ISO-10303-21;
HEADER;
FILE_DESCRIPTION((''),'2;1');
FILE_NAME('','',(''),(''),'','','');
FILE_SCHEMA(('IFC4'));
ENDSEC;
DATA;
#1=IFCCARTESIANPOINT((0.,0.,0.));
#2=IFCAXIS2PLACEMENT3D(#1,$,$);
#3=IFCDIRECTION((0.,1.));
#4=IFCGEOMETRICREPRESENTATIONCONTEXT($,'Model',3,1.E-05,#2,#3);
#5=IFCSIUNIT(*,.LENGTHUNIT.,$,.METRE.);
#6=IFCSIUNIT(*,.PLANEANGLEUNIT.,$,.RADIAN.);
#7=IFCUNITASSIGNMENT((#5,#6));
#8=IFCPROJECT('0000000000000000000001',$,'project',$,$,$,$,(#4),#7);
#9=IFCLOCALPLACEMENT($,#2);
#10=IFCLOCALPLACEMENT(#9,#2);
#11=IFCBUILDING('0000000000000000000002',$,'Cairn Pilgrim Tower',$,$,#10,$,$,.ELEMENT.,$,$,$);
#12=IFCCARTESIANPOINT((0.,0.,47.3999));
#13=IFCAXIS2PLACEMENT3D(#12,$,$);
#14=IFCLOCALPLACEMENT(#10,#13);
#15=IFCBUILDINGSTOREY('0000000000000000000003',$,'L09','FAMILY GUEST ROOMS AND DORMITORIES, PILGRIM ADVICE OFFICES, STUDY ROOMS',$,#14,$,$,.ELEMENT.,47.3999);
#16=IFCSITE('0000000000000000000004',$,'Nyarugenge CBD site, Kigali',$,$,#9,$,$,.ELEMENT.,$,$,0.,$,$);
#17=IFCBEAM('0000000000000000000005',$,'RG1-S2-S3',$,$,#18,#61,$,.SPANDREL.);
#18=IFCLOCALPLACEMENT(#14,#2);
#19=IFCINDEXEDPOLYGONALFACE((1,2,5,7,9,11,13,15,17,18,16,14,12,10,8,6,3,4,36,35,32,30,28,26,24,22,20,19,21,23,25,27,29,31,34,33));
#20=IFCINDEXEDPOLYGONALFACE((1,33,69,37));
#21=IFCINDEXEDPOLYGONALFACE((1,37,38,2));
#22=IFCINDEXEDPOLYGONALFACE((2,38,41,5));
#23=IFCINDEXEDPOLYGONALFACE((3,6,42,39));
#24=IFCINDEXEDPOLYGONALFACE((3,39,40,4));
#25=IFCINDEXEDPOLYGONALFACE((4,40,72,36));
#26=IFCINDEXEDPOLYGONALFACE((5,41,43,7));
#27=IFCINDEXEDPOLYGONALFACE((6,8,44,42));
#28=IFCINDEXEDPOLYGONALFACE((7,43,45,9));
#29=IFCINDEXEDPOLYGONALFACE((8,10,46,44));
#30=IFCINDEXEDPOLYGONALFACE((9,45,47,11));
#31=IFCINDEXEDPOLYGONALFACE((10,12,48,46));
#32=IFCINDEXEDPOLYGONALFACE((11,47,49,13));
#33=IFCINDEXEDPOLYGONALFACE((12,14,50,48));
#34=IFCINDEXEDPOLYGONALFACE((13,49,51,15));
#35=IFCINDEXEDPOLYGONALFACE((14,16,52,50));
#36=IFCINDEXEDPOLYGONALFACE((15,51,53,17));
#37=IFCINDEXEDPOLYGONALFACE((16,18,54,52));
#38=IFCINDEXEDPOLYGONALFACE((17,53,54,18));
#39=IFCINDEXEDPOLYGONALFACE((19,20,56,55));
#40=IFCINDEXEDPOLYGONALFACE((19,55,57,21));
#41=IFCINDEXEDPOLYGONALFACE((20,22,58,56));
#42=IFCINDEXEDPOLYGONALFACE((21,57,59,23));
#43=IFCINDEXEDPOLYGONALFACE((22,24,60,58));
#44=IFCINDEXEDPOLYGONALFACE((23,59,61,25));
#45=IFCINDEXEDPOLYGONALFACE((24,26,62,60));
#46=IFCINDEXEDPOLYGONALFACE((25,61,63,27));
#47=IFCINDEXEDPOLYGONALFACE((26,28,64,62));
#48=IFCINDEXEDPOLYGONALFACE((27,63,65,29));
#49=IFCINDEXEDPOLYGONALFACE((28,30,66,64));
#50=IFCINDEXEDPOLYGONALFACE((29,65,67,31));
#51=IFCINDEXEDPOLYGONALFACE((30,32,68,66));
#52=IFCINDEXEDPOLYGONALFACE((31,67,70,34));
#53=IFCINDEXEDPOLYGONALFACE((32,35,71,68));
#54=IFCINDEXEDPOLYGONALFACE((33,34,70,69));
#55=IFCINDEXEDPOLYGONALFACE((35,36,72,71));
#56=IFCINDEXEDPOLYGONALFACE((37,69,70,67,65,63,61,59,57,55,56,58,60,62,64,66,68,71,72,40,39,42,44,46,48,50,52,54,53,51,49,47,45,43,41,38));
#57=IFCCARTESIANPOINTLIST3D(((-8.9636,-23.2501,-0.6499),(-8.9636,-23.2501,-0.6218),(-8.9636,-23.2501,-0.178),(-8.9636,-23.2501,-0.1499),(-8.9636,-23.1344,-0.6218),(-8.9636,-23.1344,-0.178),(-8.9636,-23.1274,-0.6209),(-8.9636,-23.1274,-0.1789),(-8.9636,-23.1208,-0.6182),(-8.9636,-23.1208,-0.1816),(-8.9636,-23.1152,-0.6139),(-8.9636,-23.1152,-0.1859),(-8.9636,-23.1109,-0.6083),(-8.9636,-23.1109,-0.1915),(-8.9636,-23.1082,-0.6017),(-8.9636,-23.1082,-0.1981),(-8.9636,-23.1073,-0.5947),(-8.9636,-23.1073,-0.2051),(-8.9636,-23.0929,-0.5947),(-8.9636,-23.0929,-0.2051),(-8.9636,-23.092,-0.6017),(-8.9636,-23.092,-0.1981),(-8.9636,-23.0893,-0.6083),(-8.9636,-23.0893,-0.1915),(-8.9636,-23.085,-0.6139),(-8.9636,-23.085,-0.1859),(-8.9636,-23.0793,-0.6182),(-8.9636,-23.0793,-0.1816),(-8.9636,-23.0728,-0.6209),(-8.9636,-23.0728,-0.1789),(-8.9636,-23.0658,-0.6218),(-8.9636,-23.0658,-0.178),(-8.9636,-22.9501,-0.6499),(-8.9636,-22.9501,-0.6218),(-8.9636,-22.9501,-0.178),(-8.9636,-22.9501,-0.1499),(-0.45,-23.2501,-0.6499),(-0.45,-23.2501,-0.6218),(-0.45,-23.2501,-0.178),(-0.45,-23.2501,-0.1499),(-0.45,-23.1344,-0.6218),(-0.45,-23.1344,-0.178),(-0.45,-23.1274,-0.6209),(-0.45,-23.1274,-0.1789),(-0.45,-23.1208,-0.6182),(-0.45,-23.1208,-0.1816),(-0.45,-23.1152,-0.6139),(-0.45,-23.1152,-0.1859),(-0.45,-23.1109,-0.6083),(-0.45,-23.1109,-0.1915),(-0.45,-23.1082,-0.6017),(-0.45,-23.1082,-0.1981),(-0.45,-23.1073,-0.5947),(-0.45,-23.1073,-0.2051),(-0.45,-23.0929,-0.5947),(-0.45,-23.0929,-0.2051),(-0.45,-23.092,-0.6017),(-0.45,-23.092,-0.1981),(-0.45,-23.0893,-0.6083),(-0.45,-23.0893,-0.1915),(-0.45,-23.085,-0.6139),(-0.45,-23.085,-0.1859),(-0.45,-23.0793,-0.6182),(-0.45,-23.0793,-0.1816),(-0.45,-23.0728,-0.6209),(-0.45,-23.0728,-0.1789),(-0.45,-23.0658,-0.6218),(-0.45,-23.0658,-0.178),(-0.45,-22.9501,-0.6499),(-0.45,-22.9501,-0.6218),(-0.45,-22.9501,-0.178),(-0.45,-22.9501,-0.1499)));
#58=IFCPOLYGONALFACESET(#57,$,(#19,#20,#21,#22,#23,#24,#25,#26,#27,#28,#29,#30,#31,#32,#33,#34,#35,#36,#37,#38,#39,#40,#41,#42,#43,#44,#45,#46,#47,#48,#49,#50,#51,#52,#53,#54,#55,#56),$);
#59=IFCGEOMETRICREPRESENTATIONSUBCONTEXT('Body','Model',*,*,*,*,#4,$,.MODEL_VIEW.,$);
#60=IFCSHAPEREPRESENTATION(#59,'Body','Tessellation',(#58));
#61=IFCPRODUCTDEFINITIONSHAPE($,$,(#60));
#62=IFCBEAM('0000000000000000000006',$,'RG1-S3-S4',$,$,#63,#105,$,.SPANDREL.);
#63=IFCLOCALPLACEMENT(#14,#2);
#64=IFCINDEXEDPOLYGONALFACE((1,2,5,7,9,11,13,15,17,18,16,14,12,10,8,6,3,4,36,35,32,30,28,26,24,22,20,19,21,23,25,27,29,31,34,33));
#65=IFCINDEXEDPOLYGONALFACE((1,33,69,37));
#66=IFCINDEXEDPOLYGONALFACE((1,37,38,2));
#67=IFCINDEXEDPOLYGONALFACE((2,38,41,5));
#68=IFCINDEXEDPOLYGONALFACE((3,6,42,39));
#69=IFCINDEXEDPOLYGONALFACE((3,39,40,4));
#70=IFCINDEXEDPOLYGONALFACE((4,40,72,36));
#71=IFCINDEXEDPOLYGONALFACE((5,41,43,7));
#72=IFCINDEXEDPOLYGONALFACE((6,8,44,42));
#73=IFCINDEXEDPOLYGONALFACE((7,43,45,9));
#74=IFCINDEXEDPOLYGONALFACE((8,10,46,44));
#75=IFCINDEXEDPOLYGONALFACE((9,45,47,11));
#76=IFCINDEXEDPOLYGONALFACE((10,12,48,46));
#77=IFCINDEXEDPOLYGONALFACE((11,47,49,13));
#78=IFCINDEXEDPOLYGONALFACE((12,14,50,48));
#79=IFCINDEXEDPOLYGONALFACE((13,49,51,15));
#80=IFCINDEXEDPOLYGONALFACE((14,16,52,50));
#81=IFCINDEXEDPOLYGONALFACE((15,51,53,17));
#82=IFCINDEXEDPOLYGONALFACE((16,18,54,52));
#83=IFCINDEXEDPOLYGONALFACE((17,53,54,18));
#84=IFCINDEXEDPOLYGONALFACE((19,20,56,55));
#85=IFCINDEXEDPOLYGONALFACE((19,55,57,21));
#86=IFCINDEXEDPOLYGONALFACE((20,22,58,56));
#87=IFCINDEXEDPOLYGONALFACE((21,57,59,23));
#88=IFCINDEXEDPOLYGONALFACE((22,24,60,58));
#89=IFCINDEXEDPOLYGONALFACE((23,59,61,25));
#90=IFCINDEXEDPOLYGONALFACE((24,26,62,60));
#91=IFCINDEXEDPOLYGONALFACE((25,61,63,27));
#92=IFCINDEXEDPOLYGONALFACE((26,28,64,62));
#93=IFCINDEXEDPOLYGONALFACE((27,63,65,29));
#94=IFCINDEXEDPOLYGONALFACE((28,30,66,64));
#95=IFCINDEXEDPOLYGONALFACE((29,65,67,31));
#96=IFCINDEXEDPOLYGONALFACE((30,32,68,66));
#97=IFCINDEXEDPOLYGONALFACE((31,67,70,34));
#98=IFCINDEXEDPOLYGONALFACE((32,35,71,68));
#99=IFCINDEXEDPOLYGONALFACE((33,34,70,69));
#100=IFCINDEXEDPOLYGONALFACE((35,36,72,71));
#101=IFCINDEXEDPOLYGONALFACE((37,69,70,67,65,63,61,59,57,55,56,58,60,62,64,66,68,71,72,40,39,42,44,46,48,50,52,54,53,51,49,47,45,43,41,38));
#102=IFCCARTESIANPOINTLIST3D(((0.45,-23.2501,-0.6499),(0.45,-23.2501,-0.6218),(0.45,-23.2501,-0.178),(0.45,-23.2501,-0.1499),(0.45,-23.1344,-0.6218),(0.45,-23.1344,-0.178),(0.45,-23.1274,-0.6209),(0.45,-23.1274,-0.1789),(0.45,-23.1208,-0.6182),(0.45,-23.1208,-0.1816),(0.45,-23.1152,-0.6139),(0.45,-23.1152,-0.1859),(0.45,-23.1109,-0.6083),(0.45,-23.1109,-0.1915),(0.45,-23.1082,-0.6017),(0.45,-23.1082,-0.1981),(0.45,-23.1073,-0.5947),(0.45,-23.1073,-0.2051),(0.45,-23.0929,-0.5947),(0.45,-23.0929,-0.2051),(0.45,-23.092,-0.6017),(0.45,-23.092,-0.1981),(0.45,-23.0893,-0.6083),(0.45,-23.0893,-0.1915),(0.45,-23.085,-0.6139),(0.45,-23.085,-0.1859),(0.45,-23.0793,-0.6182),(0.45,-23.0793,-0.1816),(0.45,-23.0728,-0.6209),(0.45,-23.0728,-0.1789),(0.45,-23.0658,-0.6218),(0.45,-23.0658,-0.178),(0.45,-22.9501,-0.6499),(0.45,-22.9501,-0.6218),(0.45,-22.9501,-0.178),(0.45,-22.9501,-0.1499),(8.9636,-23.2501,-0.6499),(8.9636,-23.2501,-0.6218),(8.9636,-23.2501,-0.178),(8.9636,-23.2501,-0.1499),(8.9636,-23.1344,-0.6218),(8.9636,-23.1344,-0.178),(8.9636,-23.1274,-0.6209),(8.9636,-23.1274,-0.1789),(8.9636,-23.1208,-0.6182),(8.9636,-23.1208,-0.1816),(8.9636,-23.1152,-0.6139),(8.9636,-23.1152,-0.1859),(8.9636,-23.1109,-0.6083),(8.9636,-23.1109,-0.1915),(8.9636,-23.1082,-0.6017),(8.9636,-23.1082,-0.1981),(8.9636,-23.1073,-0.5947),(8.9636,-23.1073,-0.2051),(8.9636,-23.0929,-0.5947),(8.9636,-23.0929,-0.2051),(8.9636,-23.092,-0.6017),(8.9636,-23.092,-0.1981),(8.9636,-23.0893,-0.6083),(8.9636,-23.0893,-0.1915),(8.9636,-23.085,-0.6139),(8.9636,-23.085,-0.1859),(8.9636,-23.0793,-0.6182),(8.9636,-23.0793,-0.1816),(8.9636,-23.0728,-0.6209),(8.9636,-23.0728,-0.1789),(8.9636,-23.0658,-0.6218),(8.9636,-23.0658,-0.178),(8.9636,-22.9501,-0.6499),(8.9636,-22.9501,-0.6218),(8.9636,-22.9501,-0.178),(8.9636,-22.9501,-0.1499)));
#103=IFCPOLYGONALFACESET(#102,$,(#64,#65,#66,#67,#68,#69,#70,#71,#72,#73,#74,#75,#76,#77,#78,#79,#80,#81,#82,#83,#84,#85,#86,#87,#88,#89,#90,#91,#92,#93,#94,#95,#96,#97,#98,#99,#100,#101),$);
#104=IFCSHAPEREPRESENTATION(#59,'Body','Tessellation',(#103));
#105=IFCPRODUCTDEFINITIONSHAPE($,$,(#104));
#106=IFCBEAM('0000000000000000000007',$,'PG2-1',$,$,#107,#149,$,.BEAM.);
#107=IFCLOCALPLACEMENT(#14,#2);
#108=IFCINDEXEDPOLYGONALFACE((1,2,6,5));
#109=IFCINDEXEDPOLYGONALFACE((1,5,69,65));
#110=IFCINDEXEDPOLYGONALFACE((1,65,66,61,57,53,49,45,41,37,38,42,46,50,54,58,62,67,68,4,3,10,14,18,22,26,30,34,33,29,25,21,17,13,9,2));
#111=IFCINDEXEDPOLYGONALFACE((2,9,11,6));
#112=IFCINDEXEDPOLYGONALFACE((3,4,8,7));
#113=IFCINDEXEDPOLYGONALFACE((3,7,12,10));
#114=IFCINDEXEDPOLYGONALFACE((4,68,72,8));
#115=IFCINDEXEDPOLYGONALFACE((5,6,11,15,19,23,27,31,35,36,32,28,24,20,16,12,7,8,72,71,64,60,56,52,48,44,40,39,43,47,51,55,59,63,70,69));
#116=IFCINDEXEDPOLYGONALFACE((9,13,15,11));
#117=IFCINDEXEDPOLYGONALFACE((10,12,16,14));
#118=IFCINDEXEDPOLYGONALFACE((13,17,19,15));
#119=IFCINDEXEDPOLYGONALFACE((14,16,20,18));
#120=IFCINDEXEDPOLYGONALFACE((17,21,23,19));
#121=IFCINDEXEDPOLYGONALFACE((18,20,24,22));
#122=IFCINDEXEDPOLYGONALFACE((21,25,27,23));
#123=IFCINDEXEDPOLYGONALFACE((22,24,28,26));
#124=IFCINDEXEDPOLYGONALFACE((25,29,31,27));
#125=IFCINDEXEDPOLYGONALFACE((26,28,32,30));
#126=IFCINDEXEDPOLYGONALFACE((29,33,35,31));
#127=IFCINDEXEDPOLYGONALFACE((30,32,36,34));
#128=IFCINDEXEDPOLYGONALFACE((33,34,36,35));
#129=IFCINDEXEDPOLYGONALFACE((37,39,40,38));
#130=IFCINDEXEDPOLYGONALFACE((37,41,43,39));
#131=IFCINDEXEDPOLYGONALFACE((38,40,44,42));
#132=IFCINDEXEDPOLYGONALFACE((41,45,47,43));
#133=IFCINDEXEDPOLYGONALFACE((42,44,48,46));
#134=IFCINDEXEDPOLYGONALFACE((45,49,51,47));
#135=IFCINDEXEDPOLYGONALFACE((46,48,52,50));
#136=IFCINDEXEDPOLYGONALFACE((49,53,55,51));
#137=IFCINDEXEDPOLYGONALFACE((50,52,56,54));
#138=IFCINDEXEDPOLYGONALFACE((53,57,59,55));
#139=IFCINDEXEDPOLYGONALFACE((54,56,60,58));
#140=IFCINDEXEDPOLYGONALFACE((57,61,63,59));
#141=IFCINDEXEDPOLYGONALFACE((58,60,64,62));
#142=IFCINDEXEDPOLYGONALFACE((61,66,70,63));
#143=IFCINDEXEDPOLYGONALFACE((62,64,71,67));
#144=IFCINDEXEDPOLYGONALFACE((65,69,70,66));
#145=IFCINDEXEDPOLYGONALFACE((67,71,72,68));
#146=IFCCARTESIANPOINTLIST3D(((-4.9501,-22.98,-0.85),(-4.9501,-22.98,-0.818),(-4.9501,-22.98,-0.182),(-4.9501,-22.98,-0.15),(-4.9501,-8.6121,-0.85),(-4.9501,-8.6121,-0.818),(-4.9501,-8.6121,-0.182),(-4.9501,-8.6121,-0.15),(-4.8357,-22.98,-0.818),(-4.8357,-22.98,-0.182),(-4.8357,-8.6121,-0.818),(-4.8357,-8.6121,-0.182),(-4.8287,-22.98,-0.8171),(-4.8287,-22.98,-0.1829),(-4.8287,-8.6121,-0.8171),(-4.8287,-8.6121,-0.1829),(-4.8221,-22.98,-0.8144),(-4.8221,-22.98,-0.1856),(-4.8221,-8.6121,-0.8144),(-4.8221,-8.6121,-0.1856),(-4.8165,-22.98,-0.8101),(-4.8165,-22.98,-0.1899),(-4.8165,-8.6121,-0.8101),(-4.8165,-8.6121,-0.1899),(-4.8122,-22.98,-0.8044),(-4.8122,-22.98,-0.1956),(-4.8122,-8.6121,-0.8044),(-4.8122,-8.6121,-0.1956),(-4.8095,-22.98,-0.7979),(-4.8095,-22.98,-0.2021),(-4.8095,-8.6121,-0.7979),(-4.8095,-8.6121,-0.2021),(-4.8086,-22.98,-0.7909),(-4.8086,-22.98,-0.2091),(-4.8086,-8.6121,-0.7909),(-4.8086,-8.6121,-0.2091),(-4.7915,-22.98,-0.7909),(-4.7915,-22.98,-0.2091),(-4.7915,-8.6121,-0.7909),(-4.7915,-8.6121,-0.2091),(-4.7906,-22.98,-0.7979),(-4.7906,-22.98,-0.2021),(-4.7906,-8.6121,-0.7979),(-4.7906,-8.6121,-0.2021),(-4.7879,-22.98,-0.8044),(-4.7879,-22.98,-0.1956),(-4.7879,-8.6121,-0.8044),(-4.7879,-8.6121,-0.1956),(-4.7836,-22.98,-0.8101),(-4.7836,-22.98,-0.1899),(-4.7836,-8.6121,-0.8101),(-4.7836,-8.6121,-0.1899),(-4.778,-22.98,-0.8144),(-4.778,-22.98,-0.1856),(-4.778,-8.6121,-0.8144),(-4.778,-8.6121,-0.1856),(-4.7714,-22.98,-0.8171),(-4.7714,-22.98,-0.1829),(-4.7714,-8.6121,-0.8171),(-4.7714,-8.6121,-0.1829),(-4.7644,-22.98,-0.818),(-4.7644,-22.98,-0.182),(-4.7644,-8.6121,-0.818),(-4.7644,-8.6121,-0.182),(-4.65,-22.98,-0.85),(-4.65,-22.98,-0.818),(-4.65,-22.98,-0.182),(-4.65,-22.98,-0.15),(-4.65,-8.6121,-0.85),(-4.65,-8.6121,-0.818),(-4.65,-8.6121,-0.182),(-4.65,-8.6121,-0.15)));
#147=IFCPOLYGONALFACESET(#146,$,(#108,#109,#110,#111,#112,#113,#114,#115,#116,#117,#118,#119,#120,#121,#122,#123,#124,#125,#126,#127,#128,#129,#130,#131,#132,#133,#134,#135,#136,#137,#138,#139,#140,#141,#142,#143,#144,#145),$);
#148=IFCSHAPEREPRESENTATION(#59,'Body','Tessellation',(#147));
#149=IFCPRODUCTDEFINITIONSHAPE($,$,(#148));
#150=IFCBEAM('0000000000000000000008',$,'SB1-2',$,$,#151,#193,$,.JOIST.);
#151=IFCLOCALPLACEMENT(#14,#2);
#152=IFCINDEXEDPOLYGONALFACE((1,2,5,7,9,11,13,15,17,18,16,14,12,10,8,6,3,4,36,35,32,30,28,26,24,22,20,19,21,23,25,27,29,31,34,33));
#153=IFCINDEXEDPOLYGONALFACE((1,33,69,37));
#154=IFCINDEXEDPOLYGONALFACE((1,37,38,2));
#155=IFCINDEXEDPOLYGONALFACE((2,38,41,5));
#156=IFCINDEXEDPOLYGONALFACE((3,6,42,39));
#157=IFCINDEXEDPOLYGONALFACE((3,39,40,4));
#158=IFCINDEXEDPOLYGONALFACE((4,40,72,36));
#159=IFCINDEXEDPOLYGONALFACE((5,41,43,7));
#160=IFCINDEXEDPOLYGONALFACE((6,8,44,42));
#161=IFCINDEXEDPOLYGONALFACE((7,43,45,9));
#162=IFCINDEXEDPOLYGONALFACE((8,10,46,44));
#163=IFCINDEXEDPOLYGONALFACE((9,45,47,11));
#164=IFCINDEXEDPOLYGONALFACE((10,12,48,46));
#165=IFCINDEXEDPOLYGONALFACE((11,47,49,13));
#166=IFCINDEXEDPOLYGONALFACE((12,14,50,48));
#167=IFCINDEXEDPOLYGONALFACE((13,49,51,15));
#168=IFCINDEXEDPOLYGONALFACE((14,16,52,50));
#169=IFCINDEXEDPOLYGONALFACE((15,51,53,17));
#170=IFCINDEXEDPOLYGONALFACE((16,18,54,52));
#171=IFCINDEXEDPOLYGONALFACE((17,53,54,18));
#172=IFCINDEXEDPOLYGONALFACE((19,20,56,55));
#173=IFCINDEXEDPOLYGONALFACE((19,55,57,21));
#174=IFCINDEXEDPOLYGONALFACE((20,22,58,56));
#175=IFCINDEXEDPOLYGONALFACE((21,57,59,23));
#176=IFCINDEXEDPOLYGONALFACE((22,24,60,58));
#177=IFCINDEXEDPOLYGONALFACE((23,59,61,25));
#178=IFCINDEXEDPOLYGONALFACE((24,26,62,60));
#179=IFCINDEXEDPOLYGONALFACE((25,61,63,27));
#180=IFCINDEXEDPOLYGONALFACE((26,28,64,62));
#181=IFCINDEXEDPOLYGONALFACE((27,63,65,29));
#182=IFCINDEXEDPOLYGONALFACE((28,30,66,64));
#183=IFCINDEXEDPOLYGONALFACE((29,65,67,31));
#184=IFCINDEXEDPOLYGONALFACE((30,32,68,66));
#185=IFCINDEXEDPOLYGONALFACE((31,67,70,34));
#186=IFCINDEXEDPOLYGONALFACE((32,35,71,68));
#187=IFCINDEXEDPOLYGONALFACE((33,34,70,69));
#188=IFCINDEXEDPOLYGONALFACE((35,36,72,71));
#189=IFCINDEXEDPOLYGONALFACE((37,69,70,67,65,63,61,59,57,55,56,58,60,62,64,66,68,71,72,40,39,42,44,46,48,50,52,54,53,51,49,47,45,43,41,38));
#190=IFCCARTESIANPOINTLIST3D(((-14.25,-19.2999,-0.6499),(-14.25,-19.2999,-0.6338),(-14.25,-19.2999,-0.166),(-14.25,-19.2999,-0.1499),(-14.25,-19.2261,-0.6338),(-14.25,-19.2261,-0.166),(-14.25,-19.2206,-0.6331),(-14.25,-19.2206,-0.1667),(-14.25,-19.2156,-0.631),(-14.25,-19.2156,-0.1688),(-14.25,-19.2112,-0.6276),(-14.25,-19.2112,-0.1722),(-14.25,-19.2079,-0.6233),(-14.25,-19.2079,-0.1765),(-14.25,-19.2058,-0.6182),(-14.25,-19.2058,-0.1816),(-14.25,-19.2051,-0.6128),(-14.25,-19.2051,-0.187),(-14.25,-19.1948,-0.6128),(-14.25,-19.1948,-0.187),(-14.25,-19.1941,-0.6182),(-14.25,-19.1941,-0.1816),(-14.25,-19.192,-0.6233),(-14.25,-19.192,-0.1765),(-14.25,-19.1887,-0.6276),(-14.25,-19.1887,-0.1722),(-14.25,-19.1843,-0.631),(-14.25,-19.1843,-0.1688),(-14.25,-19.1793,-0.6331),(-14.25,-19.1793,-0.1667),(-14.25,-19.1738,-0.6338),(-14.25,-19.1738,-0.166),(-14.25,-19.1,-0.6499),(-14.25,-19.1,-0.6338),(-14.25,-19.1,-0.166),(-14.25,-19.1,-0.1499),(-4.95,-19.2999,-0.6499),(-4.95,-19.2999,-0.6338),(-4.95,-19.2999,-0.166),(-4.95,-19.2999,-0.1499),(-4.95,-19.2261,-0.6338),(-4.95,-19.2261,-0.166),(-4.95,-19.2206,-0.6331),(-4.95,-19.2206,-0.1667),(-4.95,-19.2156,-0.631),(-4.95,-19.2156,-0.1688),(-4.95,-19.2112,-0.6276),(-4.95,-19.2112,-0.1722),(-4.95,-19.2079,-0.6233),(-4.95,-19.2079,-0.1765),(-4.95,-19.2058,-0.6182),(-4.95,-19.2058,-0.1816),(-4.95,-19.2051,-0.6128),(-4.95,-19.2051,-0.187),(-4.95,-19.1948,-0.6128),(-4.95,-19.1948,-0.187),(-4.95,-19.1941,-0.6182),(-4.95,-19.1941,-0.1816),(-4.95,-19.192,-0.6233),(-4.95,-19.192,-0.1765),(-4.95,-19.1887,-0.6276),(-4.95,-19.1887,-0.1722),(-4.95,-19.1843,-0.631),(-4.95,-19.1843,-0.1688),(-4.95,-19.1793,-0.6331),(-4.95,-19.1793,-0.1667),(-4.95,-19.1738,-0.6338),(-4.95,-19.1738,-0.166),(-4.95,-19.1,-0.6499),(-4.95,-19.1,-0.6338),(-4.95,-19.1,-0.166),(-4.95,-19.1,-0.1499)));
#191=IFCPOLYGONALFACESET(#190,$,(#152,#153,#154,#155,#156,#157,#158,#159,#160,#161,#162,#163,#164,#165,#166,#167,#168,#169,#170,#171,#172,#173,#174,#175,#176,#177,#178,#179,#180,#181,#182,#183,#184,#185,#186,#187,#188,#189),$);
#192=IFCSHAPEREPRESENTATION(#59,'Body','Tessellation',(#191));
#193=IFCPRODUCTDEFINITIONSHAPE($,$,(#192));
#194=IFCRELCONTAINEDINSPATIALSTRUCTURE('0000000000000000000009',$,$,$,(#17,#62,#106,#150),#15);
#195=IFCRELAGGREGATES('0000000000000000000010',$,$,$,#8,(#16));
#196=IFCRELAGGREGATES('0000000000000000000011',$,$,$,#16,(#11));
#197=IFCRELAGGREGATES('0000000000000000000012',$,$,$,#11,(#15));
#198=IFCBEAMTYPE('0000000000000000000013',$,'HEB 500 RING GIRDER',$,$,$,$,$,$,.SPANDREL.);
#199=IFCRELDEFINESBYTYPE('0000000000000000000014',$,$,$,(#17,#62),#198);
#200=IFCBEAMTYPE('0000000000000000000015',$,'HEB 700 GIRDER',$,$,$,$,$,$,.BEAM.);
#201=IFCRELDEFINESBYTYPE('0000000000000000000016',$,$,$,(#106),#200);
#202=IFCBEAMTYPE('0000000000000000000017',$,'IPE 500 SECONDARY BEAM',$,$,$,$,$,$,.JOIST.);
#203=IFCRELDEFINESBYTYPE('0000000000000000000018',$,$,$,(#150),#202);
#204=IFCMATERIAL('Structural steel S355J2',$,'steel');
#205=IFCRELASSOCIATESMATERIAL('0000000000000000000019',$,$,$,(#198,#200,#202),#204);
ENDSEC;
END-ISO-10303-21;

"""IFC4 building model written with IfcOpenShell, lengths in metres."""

from ifc_helpers import new_model, si_unit, direction, frame, origin, origin_2d, place, context, subcontext, project, spatial, i_section, extrude, material, material_profile, profile_set, type_object, element, save


model = new_model("IFC4")

# Units and contexts
model_context = context("Model", 3, precision=1e-05, world=origin(), true_north=direction((0.0, 1.0)))
body_context = subcontext(model_context, "Body", "Model", "MODEL_VIEW")
ifc_project = project(units=[si_unit("LENGTHUNIT", "METRE"), si_unit("PLANEANGLEUNIT", "RADIAN")], contexts=[model_context])

# Site, building, storey
site_placement = place(None, origin())
site = spatial("IfcSite", under=ifc_project, at=site_placement, Name="Nyarugenge CBD site, Kigali", CompositionType="ELEMENT", RefElevation=0.0)
building_placement = place(site_placement, origin())
building = spatial("IfcBuilding", under=site, at=building_placement, Name="Cairn Pilgrim Tower", CompositionType="ELEMENT")
storey_placement = place(building_placement, frame((0.0, 0.0, 47.3999)))
storey = spatial("IfcBuildingStorey", under=building, at=storey_placement, Name="L09", Description="FAMILY GUEST ROOMS AND DORMITORIES, PILGRIM ADVICE OFFICES, STUDY ROOMS", CompositionType="ELEMENT", Elevation=47.3999)

# Beams
ifc_material_1 = material(Name="Structural steel S355J2", Category="steel")
ifc_material_profile_1 = material_profile(ifc_material_1, i_section(OverallWidth=0.3, OverallDepth=0.5, WebThickness=0.0144, FlangeThickness=0.0281, FilletRadius=0.0271, at=origin_2d()), Name="HEB 500")
ifc_profile_set_1 = profile_set([ifc_material_profile_1], Name="Structural steel S355J2")
beam_type_1 = type_object("IfcBeamType", Name="HEB 500 RING GIRDER", PredefinedType="SPANDREL", material=ifc_profile_set_1)
for number, where, z_axis, x_axis, name in (
    (1, (-8.9636, -23.1001, -0.3999), (1.0, 0.0, 0.0), (0.0, 1.0, 0.0), "RG1-S2-S3"),
    (2, (0.45, -23.1001, -0.3999), (1.0, 0.0, 0.0), (0.0, 1.0, 0.0), "RG1-S3-S4"),
):
    element("IfcBeam", number, at=place(storey_placement, frame(where, z_axis=z_axis, x_axis=x_axis)), inside=storey, type_object=beam_type_1, Name=name, PredefinedType="SPANDREL", context=body_context, shape_type="SweptSolid", body=[
        extrude(i_section(OverallWidth=0.3, OverallDepth=0.5, WebThickness=0.0144, FlangeThickness=0.0281, FilletRadius=0.0271, at=origin_2d()), origin(), (0.0, 0.0, 1.0), 8.5137),
    ])
ifc_material_profile_2 = material_profile(ifc_material_1, i_section(OverallWidth=0.3, OverallDepth=0.7, WebThickness=0.0171, FlangeThickness=0.032, FilletRadius=0.0271, at=origin_2d()), Name="HEB 700")
ifc_profile_set_2 = profile_set([ifc_material_profile_2], Name="Structural steel S355J2")
beam_type_2 = type_object("IfcBeamType", Name="HEB 700 GIRDER", PredefinedType="BEAM", material=ifc_profile_set_2)
beam_1_placement = place(storey_placement, frame((-4.8, -22.98, -0.5), z_axis=(0.0, 1.0, 0.0), x_axis=(-1.0, 0.0, 0.0)))
element("IfcBeam", 3, at=beam_1_placement, inside=storey, type_object=beam_type_2, Name="PG2-1", PredefinedType="BEAM", context=body_context, shape_type="SweptSolid", body=[
    extrude(i_section(OverallWidth=0.3, OverallDepth=0.7, WebThickness=0.0171, FlangeThickness=0.032, FilletRadius=0.0271, at=origin_2d()), origin(), (0.0, 0.0, 1.0), 14.3679),
])
ifc_material_profile_3 = material_profile(ifc_material_1, i_section(OverallWidth=0.2, OverallDepth=0.5, WebThickness=0.0103, FlangeThickness=0.0161, FilletRadius=0.021, at=origin_2d()), Name="IPE 500")
ifc_profile_set_3 = profile_set([ifc_material_profile_3], Name="Structural steel S355J2")
beam_type_3 = type_object("IfcBeamType", Name="IPE 500 SECONDARY BEAM", PredefinedType="JOIST", material=ifc_profile_set_3)
beam_2_placement = place(storey_placement, frame((-14.25, -19.2, -0.3999), z_axis=(1.0, 0.0, 0.0), x_axis=(0.0, 1.0, 0.0)))
element("IfcBeam", 4, at=beam_2_placement, inside=storey, type_object=beam_type_3, Name="SB1-2", PredefinedType="JOIST", context=body_context, shape_type="SweptSolid", body=[
    extrude(i_section(OverallWidth=0.2, OverallDepth=0.5, WebThickness=0.0103, FlangeThickness=0.0161, FilletRadius=0.021, at=origin_2d()), origin(), (0.0, 0.0, 1.0), 9.3),
])

save(model, "model.ifc")
